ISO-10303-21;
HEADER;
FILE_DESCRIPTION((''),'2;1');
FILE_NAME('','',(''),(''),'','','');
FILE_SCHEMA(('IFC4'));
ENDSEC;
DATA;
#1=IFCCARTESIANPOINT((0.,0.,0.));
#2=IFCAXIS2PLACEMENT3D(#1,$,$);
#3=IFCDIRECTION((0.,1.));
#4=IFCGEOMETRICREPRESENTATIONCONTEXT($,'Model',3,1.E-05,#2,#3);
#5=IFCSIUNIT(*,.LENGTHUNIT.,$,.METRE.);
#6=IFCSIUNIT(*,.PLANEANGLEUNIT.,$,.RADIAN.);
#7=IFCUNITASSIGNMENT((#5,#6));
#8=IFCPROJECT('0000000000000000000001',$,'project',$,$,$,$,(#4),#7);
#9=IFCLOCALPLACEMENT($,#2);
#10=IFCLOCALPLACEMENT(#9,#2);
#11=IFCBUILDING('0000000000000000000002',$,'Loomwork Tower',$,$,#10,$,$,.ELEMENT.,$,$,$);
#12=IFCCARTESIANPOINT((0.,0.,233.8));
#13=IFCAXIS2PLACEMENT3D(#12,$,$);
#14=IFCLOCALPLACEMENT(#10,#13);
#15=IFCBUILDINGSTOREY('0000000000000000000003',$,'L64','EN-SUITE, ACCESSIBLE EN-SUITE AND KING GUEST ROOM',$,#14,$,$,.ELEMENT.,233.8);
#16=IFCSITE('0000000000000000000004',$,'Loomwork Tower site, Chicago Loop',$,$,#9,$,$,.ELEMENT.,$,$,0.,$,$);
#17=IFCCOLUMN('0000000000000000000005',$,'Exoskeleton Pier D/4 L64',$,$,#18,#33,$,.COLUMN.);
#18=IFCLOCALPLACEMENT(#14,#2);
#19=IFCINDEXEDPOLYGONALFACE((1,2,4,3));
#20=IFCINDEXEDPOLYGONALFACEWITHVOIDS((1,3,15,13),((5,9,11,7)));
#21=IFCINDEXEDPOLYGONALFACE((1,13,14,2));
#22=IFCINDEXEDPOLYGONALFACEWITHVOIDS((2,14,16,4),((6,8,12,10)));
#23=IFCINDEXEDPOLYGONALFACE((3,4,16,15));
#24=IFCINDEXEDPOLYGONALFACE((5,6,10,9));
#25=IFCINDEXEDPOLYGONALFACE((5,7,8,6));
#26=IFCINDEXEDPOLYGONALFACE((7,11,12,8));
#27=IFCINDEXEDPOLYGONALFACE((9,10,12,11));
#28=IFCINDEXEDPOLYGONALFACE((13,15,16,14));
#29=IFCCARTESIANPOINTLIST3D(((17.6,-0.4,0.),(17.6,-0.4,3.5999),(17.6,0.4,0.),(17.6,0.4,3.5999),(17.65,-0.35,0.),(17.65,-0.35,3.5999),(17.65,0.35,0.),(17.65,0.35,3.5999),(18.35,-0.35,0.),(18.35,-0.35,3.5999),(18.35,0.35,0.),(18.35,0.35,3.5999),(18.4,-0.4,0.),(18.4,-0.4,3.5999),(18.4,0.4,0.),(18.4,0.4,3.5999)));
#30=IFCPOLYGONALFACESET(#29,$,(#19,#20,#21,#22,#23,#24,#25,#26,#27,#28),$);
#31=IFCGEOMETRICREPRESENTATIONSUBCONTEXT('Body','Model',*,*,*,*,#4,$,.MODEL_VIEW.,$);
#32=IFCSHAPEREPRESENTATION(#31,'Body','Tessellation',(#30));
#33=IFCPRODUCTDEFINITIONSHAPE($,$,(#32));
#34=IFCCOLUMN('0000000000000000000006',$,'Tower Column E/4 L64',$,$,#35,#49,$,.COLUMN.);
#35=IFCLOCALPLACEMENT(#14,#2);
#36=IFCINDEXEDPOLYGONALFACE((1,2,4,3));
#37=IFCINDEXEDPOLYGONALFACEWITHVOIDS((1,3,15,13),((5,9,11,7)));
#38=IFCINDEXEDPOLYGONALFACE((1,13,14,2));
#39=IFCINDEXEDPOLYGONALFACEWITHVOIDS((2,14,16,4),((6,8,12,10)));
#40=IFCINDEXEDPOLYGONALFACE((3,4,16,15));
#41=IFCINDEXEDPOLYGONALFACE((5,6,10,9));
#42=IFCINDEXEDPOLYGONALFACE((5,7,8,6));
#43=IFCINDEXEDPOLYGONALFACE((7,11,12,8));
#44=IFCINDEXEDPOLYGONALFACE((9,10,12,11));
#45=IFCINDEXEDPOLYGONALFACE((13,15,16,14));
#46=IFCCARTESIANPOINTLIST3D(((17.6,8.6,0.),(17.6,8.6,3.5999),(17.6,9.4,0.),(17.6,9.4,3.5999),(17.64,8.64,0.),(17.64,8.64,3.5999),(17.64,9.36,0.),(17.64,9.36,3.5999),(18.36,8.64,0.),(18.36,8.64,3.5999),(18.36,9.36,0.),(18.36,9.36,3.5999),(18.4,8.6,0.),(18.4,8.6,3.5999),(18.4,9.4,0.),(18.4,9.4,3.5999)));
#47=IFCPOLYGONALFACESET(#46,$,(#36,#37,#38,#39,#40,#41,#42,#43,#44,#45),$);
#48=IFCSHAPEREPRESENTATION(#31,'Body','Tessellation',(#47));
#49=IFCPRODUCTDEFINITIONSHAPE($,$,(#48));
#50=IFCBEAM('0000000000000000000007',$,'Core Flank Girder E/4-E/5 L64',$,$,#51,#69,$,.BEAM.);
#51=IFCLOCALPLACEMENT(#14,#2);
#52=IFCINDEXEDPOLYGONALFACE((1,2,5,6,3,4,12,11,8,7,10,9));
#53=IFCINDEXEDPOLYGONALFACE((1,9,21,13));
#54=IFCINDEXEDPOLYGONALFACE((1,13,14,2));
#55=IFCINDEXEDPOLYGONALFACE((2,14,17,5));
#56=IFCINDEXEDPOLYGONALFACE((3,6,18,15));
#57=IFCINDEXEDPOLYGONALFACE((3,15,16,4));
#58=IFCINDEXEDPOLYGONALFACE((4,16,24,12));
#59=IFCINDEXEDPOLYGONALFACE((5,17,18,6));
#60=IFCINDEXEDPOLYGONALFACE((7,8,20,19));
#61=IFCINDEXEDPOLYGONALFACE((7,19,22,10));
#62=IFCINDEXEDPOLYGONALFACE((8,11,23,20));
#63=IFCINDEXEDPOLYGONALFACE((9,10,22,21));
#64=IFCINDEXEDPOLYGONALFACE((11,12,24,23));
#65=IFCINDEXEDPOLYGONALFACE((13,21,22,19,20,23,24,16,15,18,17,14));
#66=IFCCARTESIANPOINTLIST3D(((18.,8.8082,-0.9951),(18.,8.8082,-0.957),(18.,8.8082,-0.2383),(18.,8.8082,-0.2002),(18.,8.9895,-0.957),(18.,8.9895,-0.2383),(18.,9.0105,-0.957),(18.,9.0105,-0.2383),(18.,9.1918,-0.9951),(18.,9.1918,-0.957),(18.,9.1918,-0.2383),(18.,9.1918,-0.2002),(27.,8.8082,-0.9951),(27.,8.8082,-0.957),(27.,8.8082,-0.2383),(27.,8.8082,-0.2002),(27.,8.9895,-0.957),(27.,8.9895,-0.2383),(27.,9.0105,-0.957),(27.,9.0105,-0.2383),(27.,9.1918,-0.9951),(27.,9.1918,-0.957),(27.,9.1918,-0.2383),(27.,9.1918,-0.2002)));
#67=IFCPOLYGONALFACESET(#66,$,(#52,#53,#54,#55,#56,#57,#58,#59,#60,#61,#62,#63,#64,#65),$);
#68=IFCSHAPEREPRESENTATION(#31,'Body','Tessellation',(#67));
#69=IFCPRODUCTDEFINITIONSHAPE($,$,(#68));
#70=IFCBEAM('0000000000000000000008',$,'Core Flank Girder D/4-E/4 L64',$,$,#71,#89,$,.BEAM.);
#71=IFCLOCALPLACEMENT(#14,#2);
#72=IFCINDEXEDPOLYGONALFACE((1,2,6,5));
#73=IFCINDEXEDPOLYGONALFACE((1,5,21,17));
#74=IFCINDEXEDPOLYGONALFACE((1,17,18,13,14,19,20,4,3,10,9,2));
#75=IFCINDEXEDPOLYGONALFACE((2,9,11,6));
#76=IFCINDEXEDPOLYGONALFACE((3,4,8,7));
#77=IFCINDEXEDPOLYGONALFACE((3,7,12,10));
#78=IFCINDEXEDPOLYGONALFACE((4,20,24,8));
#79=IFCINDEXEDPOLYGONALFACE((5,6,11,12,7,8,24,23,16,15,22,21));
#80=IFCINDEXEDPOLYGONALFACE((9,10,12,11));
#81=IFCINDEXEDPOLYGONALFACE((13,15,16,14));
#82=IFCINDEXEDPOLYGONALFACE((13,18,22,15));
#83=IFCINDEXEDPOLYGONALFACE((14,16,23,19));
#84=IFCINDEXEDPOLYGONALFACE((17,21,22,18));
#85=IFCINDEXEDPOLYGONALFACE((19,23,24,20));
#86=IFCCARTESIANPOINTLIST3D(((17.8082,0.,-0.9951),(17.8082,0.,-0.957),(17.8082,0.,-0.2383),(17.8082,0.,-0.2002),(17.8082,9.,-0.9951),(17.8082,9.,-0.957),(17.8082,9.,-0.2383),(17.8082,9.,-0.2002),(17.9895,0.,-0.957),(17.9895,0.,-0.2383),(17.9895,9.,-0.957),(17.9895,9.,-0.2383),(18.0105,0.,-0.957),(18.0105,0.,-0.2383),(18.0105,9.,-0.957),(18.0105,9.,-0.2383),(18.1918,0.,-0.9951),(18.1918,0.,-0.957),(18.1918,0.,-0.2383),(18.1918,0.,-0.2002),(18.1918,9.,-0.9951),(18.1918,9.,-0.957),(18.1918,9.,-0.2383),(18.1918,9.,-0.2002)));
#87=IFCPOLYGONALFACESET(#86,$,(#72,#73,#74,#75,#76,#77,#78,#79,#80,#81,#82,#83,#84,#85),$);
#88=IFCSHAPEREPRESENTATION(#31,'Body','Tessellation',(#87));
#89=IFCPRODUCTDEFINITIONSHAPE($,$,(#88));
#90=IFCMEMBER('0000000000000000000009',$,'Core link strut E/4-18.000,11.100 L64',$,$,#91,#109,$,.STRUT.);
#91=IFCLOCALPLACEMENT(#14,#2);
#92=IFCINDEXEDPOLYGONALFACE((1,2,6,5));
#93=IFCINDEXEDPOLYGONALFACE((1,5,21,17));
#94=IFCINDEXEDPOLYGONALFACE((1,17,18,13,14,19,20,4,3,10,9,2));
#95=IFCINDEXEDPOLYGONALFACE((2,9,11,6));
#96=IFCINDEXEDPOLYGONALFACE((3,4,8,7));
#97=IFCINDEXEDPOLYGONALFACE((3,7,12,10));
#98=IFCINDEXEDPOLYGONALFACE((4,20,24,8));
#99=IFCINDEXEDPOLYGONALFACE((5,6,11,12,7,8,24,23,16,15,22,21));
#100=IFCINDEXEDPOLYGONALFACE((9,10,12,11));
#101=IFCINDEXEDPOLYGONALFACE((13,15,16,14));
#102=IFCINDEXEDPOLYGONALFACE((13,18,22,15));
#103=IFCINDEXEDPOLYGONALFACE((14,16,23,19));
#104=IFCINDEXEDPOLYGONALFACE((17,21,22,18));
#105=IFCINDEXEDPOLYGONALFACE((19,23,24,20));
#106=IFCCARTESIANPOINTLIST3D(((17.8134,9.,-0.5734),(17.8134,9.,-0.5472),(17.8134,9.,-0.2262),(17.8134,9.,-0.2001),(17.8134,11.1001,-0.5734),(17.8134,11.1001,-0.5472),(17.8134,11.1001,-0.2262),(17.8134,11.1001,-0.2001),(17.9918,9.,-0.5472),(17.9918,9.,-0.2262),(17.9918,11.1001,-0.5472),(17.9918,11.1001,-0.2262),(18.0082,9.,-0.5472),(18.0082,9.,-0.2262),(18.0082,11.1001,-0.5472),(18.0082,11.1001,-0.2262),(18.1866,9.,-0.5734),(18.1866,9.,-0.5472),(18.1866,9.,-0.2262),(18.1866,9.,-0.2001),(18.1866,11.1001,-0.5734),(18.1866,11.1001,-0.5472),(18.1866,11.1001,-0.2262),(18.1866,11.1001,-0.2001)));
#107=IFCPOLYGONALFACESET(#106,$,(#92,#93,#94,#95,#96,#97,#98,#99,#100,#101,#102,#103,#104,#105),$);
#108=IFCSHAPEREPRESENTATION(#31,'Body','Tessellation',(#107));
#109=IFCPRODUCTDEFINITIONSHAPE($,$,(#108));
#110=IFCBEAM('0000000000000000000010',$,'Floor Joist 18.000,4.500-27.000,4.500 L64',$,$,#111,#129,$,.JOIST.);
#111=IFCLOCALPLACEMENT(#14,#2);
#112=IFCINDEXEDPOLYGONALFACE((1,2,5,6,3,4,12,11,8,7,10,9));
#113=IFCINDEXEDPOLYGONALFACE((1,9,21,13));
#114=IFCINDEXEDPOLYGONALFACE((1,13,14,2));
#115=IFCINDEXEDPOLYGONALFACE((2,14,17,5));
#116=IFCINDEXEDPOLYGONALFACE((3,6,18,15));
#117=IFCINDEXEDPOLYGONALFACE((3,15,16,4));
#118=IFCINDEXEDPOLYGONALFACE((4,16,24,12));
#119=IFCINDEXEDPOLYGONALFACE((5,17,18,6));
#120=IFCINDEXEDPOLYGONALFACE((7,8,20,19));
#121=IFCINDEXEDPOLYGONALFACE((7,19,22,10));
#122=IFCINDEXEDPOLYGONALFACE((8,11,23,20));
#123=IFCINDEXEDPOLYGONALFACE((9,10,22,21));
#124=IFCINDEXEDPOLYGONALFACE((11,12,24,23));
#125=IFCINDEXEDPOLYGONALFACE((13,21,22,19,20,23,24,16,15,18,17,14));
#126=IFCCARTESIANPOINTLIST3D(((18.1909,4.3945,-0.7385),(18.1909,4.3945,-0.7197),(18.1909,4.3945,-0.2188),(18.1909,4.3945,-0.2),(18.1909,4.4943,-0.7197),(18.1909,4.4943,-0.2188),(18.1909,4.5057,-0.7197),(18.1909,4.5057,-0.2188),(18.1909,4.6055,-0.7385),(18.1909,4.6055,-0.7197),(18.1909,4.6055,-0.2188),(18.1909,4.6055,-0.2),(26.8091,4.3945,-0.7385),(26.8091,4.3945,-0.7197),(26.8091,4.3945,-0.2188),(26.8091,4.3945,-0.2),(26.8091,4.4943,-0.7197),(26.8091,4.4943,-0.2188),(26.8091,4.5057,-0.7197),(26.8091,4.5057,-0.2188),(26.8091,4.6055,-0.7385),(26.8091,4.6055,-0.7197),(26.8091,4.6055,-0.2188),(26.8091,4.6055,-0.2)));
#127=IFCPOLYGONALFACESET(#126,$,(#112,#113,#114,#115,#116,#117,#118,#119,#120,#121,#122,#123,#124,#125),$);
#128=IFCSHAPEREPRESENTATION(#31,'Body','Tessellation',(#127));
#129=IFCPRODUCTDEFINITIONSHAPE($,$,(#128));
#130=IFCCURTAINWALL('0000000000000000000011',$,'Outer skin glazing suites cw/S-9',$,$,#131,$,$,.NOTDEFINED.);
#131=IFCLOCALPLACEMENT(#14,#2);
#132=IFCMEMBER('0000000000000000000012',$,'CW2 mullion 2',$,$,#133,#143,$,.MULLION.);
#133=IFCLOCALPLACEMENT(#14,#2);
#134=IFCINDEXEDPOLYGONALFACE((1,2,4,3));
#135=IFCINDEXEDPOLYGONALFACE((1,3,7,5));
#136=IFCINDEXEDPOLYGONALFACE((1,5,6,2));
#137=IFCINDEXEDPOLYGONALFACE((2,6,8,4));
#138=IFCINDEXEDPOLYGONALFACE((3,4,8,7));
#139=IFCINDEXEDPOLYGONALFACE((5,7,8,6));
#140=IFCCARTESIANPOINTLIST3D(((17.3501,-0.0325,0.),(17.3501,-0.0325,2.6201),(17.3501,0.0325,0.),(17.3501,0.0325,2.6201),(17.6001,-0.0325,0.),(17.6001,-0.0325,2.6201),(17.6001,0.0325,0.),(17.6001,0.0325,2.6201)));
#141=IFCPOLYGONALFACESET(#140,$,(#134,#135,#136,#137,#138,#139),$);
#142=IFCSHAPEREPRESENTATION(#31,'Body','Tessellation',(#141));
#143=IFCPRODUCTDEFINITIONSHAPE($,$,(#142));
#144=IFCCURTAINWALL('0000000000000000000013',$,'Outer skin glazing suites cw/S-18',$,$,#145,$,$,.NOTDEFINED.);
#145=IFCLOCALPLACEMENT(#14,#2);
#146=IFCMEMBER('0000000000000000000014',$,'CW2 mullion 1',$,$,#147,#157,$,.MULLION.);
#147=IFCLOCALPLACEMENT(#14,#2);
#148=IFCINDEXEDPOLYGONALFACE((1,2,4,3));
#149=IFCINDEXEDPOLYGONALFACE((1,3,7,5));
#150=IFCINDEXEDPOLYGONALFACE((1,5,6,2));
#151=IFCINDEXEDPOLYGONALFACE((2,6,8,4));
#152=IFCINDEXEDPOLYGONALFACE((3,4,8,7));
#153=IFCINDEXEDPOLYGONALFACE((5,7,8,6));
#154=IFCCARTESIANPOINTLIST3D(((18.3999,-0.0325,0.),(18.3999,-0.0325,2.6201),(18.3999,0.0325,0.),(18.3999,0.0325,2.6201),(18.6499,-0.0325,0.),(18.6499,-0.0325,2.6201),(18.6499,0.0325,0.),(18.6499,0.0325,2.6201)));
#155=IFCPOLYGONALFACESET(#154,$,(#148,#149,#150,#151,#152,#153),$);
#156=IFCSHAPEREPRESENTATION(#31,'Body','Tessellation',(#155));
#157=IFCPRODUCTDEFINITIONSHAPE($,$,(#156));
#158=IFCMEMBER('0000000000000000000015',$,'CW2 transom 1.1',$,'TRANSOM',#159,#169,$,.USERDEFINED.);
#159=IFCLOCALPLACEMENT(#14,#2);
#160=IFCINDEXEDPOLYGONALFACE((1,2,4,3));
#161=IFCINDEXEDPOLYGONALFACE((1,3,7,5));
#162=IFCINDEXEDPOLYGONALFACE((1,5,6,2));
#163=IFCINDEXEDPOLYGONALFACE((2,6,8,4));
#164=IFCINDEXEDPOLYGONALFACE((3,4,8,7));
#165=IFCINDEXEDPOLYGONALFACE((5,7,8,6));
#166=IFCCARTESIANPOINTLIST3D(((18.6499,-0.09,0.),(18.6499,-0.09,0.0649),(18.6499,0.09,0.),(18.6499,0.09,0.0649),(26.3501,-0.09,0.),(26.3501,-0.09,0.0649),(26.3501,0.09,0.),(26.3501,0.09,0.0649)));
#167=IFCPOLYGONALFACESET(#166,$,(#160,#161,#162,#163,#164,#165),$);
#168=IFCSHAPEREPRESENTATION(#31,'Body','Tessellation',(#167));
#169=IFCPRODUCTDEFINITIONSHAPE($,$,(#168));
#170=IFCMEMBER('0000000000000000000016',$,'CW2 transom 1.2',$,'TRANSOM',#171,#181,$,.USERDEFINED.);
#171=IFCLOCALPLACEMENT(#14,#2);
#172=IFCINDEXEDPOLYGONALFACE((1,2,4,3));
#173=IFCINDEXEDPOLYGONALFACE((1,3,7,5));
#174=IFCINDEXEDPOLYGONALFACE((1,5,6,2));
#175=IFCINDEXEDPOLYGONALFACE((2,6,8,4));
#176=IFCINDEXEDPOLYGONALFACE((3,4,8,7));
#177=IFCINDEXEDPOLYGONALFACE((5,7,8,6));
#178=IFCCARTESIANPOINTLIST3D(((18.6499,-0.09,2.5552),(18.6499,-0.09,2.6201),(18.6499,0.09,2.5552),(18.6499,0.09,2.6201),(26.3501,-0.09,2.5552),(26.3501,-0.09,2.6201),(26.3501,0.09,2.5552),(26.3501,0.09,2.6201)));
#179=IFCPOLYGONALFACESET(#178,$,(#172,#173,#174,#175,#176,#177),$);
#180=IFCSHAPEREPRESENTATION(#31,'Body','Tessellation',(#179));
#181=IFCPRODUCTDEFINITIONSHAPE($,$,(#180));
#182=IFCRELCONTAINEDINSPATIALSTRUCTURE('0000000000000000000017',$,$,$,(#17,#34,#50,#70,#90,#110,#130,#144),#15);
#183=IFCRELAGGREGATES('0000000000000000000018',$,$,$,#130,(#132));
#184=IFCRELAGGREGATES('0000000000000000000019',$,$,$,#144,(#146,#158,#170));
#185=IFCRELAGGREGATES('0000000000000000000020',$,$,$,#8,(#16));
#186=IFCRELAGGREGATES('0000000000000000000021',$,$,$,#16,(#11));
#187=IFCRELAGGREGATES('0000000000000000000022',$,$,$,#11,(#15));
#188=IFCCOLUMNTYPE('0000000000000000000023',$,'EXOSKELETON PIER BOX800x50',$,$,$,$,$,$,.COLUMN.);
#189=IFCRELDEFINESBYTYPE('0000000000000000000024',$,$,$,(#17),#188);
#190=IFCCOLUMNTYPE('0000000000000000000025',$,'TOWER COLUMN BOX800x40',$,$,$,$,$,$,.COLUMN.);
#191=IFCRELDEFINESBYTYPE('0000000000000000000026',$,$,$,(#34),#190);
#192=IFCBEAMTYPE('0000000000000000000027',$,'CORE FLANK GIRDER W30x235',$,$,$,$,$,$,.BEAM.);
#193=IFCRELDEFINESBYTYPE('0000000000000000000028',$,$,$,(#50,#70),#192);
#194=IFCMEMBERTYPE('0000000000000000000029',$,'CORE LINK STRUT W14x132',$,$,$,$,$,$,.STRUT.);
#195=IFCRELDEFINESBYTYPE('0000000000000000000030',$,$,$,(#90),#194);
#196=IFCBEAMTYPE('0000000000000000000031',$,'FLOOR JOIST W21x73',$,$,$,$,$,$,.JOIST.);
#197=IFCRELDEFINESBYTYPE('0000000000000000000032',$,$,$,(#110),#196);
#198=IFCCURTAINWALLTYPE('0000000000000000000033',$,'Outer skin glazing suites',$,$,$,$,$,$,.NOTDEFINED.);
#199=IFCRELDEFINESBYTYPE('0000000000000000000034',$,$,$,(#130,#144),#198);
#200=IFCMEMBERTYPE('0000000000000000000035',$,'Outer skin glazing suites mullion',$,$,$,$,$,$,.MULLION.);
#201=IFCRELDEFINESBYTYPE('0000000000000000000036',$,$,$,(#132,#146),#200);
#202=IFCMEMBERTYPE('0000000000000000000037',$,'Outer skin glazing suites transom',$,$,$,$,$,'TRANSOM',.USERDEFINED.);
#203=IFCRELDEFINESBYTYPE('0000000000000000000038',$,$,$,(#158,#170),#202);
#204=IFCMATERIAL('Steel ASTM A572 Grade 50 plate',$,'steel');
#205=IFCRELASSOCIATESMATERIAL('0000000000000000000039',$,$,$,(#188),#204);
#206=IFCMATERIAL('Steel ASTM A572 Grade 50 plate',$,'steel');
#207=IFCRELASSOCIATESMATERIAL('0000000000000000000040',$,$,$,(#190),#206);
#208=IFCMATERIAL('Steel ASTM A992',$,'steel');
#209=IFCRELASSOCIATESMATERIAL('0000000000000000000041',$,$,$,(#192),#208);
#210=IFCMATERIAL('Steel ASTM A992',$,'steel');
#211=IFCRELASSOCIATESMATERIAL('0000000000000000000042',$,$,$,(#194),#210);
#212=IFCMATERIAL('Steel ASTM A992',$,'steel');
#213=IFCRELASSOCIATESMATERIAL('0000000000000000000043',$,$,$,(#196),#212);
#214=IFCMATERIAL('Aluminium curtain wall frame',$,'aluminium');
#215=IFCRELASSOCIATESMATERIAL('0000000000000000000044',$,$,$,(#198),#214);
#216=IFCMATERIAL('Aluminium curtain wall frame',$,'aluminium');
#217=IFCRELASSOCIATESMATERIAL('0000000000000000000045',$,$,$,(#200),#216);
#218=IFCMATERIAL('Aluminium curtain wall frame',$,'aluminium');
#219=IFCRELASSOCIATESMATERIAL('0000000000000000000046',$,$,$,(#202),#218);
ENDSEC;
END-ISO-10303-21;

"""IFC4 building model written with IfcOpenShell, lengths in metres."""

from ifc_helpers import new_model, si_unit, direction, frame, origin, origin_2d, place, context, subcontext, project, spatial, rectangle, hollow_rectangle, i_section, extrude, material, material_profile, profile_set, type_object, element, aggregate, save


model = new_model("IFC4")

# Units and contexts
model_context = context("Model", 3, precision=1e-05, world=origin(), true_north=direction((0.0, 1.0)))
body_context = subcontext(model_context, "Body", "Model", "MODEL_VIEW")
ifc_project = project(units=[si_unit("LENGTHUNIT", "METRE"), si_unit("PLANEANGLEUNIT", "RADIAN")], contexts=[model_context])

# Site, building, storey
site_placement = place(None, origin())
site = spatial("IfcSite", under=ifc_project, at=site_placement, Name="Loomwork Tower site, Chicago Loop", CompositionType="ELEMENT", RefElevation=0.0)
building_placement = place(site_placement, origin())
building = spatial("IfcBuilding", under=site, at=building_placement, Name="Loomwork Tower", CompositionType="ELEMENT")
storey_placement = place(building_placement, frame((0.0, 0.0, 233.8)))
storey = spatial("IfcBuildingStorey", under=building, at=storey_placement, Name="L64", Description="EN-SUITE, ACCESSIBLE EN-SUITE AND KING GUEST ROOM", CompositionType="ELEMENT", Elevation=233.8)

# Columns
ifc_material_1 = material(Name="Steel ASTM A572 Grade 50 plate", Category="steel")
ifc_material_profile_1 = material_profile(ifc_material_1, hollow_rectangle(XDim=0.8, YDim=0.8, WallThickness=0.05, at=origin_2d()), Name="BOX800x50")
ifc_profile_set_1 = profile_set([ifc_material_profile_1], Name="Steel ASTM A572 Grade 50 plate")
column_type_1 = type_object("IfcColumnType", Name="EXOSKELETON PIER BOX800x50", PredefinedType="COLUMN", material=ifc_profile_set_1)
column_1_placement = place(storey_placement, frame((18.0, 0.0, 0.0), z_axis=(0.0, 0.0, 1.0), x_axis=(1.0, 0.0, 0.0)))
element("IfcColumn", 1, at=column_1_placement, inside=storey, type_object=column_type_1, Name="Exoskeleton Pier D/4 L64", PredefinedType="COLUMN", context=body_context, shape_type="SweptSolid", body=[
    extrude(hollow_rectangle(XDim=0.8, YDim=0.8, WallThickness=0.05, at=origin_2d()), origin(), (0.0, 0.0, 1.0), 3.5999),
])
ifc_material_2 = material(Name="Steel ASTM A572 Grade 50 plate", Category="steel")
ifc_material_profile_2 = material_profile(ifc_material_2, hollow_rectangle(XDim=0.8, YDim=0.8, WallThickness=0.04, at=origin_2d()), Name="BOX800x40")
ifc_profile_set_2 = profile_set([ifc_material_profile_2], Name="Steel ASTM A572 Grade 50 plate")
column_type_2 = type_object("IfcColumnType", Name="TOWER COLUMN BOX800x40", PredefinedType="COLUMN", material=ifc_profile_set_2)
column_2_placement = place(storey_placement, frame((18.0, 9.0, 0.0), z_axis=(0.0, 0.0, 1.0), x_axis=(1.0, 0.0, 0.0)))
element("IfcColumn", 2, at=column_2_placement, inside=storey, type_object=column_type_2, Name="Tower Column E/4 L64", PredefinedType="COLUMN", context=body_context, shape_type="SweptSolid", body=[
    extrude(hollow_rectangle(XDim=0.8, YDim=0.8, WallThickness=0.04, at=origin_2d()), origin(), (0.0, 0.0, 1.0), 3.5999),
])

# Beams
ifc_material_3 = material(Name="Steel ASTM A992", Category="steel")
ifc_material_profile_3 = material_profile(ifc_material_3, i_section(OverallWidth=0.3835, OverallDepth=0.7949, WebThickness=0.021, FlangeThickness=0.0381, at=origin_2d()), Name="W30x235")
ifc_profile_set_3 = profile_set([ifc_material_profile_3], Name="Steel ASTM A992")
beam_type_1 = type_object("IfcBeamType", Name="CORE FLANK GIRDER W30x235", PredefinedType="BEAM", material=ifc_profile_set_3)
for number, where, z_axis, x_axis, name in (
    (3, (18.0, 9.0, -0.5977), (1.0, 0.0, 0.0), (0.0, 1.0, 0.0), "Core Flank Girder E/4-E/5 L64"),
    (4, (18.0, 0.0, -0.5977), (0.0, 1.0, 0.0), (-1.0, 0.0, 0.0), "Core Flank Girder D/4-E/4 L64"),
):
    element("IfcBeam", number, at=place(storey_placement, frame(where, z_axis=z_axis, x_axis=x_axis)), inside=storey, type_object=beam_type_1, Name=name, PredefinedType="BEAM", context=body_context, shape_type="SweptSolid", body=[
        extrude(i_section(OverallWidth=0.3835, OverallDepth=0.7949, WebThickness=0.021, FlangeThickness=0.0381, at=origin_2d()), origin(), (0.0, 0.0, 1.0), 9.0),
    ])

# Member
ifc_material_4 = material(Name="Steel ASTM A992", Category="steel")
ifc_material_profile_4 = material_profile(ifc_material_4, i_section(OverallWidth=0.3733, OverallDepth=0.3733, WebThickness=0.0164, FlangeThickness=0.0261, at=origin_2d()), Name="W14x132")
ifc_profile_set_4 = profile_set([ifc_material_profile_4], Name="Steel ASTM A992")
member_type_1 = type_object("IfcMemberType", Name="CORE LINK STRUT W14x132", PredefinedType="STRUT", material=ifc_profile_set_4)
member_1_placement = place(storey_placement, frame((18.0, 9.0, -0.3867), z_axis=(0.0, 1.0, 0.0), x_axis=(-1.0, 0.0, 0.0)))
element("IfcMember", 5, at=member_1_placement, inside=storey, type_object=member_type_1, Name="Core link strut E/4-18.000,11.100 L64", PredefinedType="STRUT", context=body_context, shape_type="SweptSolid", body=[
    extrude(i_section(OverallWidth=0.3733, OverallDepth=0.3733, WebThickness=0.0164, FlangeThickness=0.0261, at=origin_2d()), origin(), (0.0, 0.0, 1.0), 2.1001),
])

# Beam
ifc_material_5 = material(Name="Steel ASTM A992", Category="steel")
ifc_material_profile_5 = material_profile(ifc_material_5, i_section(OverallWidth=0.2109, OverallDepth=0.5386, WebThickness=0.0115, FlangeThickness=0.0188, at=origin_2d()), Name="W21x73")
ifc_profile_set_5 = profile_set([ifc_material_profile_5], Name="Steel ASTM A992")
beam_type_2 = type_object("IfcBeamType", Name="FLOOR JOIST W21x73", PredefinedType="JOIST", material=ifc_profile_set_5)
beam_1_placement = place(storey_placement, frame((18.1909, 4.5, -0.4692), z_axis=(1.0, 0.0, 0.0), x_axis=(0.0, 1.0, 0.0)))
element("IfcBeam", 6, at=beam_1_placement, inside=storey, type_object=beam_type_2, Name="Floor Joist 18.000,4.500-27.000,4.500 L64", PredefinedType="JOIST", context=body_context, shape_type="SweptSolid", body=[
    extrude(i_section(OverallWidth=0.2109, OverallDepth=0.5386, WebThickness=0.0115, FlangeThickness=0.0188, at=origin_2d()), origin(), (0.0, 0.0, 1.0), 8.6182),
])

# Curtain wall, member
ifc_material_6 = material(Name="Aluminium curtain wall frame", Category="aluminium")
curtain_wall_type = type_object("IfcCurtainWallType", Name="Outer skin glazing suites", PredefinedType="NOTDEFINED", material=ifc_material_6)
curtain_wall_1_placement = place(storey_placement, origin())
curtain_wall_1 = element("IfcCurtainWall", 7, at=curtain_wall_1_placement, inside=storey, type_object=curtain_wall_type, Name="Outer skin glazing suites cw/S-9", PredefinedType="NOTDEFINED")
ifc_material_7 = material(Name="Aluminium curtain wall frame", Category="aluminium")
ifc_material_profile_6 = material_profile(ifc_material_7, rectangle(XDim=0.0649, YDim=0.25, at=origin_2d()), Name="AL 65x250")
ifc_profile_set_6 = profile_set([ifc_material_profile_6], Name="Aluminium curtain wall frame")
member_type_2 = type_object("IfcMemberType", Name="Outer skin glazing suites mullion", PredefinedType="MULLION", material=ifc_profile_set_6)
member_2_placement = place(storey_placement, frame((17.4751, 0.0, 0.0), z_axis=(0.0, 0.0, 1.0), x_axis=(0.0, 1.0, 0.0)))
member_2 = element("IfcMember", 8, at=member_2_placement, type_object=member_type_2, Name="CW2 mullion 2", PredefinedType="MULLION", context=body_context, shape_type="SweptSolid", body=[
    extrude(rectangle(XDim=0.0649, YDim=0.25, at=origin_2d()), origin(), (0.0, 0.0, 1.0), 2.6201),
])
aggregate(curtain_wall_1, [member_2])

# Curtain wall, members
curtain_wall_2_placement = place(storey_placement, origin())
curtain_wall_2 = element("IfcCurtainWall", 9, at=curtain_wall_2_placement, inside=storey, type_object=curtain_wall_type, Name="Outer skin glazing suites cw/S-18", PredefinedType="NOTDEFINED")
member_3_placement = place(storey_placement, frame((18.5249, 0.0, 0.0), z_axis=(0.0, 0.0, 1.0), x_axis=(0.0, 1.0, 0.0)))
member_3 = element("IfcMember", 10, at=member_3_placement, type_object=member_type_2, Name="CW2 mullion 1", PredefinedType="MULLION", context=body_context, shape_type="SweptSolid", body=[
    extrude(rectangle(XDim=0.0649, YDim=0.25, at=origin_2d()), origin(), (0.0, 0.0, 1.0), 2.6201),
])
ifc_material_8 = material(Name="Aluminium curtain wall frame", Category="aluminium")
ifc_material_profile_7 = material_profile(ifc_material_8, rectangle(XDim=0.1799, YDim=0.0649, at=origin_2d()), Name="AL 65x180")
ifc_profile_set_7 = profile_set([ifc_material_profile_7], Name="Aluminium curtain wall frame")
member_type_3 = type_object("IfcMemberType", Name="Outer skin glazing suites transom", ElementType="TRANSOM", PredefinedType="USERDEFINED", material=ifc_profile_set_7)
member_4_placement = place(storey_placement, frame((18.6499, 0.0, 0.0325), z_axis=(1.0, 0.0, 0.0), x_axis=(0.0, 1.0, 0.0)))
member_4 = element("IfcMember", 11, at=member_4_placement, type_object=member_type_3, Name="CW2 transom 1.1", ObjectType="TRANSOM", PredefinedType="USERDEFINED", context=body_context, shape_type="SweptSolid", body=[
    extrude(rectangle(XDim=0.1799, YDim=0.0649, at=origin_2d()), origin(), (0.0, 0.0, 1.0), 7.7002),
])
member_5_placement = place(storey_placement, frame((18.6499, 0.0, 2.5876), z_axis=(1.0, 0.0, 0.0), x_axis=(0.0, 1.0, 0.0)))
member_5 = element("IfcMember", 12, at=member_5_placement, type_object=member_type_3, Name="CW2 transom 1.2", ObjectType="TRANSOM", PredefinedType="USERDEFINED", context=body_context, shape_type="SweptSolid", body=[
    extrude(rectangle(XDim=0.1799, YDim=0.0649, at=origin_2d()), origin(), (0.0, 0.0, 1.0), 7.7002),
])
aggregate(curtain_wall_2, [member_3, member_4, member_5])

save(model, "model.ifc")
